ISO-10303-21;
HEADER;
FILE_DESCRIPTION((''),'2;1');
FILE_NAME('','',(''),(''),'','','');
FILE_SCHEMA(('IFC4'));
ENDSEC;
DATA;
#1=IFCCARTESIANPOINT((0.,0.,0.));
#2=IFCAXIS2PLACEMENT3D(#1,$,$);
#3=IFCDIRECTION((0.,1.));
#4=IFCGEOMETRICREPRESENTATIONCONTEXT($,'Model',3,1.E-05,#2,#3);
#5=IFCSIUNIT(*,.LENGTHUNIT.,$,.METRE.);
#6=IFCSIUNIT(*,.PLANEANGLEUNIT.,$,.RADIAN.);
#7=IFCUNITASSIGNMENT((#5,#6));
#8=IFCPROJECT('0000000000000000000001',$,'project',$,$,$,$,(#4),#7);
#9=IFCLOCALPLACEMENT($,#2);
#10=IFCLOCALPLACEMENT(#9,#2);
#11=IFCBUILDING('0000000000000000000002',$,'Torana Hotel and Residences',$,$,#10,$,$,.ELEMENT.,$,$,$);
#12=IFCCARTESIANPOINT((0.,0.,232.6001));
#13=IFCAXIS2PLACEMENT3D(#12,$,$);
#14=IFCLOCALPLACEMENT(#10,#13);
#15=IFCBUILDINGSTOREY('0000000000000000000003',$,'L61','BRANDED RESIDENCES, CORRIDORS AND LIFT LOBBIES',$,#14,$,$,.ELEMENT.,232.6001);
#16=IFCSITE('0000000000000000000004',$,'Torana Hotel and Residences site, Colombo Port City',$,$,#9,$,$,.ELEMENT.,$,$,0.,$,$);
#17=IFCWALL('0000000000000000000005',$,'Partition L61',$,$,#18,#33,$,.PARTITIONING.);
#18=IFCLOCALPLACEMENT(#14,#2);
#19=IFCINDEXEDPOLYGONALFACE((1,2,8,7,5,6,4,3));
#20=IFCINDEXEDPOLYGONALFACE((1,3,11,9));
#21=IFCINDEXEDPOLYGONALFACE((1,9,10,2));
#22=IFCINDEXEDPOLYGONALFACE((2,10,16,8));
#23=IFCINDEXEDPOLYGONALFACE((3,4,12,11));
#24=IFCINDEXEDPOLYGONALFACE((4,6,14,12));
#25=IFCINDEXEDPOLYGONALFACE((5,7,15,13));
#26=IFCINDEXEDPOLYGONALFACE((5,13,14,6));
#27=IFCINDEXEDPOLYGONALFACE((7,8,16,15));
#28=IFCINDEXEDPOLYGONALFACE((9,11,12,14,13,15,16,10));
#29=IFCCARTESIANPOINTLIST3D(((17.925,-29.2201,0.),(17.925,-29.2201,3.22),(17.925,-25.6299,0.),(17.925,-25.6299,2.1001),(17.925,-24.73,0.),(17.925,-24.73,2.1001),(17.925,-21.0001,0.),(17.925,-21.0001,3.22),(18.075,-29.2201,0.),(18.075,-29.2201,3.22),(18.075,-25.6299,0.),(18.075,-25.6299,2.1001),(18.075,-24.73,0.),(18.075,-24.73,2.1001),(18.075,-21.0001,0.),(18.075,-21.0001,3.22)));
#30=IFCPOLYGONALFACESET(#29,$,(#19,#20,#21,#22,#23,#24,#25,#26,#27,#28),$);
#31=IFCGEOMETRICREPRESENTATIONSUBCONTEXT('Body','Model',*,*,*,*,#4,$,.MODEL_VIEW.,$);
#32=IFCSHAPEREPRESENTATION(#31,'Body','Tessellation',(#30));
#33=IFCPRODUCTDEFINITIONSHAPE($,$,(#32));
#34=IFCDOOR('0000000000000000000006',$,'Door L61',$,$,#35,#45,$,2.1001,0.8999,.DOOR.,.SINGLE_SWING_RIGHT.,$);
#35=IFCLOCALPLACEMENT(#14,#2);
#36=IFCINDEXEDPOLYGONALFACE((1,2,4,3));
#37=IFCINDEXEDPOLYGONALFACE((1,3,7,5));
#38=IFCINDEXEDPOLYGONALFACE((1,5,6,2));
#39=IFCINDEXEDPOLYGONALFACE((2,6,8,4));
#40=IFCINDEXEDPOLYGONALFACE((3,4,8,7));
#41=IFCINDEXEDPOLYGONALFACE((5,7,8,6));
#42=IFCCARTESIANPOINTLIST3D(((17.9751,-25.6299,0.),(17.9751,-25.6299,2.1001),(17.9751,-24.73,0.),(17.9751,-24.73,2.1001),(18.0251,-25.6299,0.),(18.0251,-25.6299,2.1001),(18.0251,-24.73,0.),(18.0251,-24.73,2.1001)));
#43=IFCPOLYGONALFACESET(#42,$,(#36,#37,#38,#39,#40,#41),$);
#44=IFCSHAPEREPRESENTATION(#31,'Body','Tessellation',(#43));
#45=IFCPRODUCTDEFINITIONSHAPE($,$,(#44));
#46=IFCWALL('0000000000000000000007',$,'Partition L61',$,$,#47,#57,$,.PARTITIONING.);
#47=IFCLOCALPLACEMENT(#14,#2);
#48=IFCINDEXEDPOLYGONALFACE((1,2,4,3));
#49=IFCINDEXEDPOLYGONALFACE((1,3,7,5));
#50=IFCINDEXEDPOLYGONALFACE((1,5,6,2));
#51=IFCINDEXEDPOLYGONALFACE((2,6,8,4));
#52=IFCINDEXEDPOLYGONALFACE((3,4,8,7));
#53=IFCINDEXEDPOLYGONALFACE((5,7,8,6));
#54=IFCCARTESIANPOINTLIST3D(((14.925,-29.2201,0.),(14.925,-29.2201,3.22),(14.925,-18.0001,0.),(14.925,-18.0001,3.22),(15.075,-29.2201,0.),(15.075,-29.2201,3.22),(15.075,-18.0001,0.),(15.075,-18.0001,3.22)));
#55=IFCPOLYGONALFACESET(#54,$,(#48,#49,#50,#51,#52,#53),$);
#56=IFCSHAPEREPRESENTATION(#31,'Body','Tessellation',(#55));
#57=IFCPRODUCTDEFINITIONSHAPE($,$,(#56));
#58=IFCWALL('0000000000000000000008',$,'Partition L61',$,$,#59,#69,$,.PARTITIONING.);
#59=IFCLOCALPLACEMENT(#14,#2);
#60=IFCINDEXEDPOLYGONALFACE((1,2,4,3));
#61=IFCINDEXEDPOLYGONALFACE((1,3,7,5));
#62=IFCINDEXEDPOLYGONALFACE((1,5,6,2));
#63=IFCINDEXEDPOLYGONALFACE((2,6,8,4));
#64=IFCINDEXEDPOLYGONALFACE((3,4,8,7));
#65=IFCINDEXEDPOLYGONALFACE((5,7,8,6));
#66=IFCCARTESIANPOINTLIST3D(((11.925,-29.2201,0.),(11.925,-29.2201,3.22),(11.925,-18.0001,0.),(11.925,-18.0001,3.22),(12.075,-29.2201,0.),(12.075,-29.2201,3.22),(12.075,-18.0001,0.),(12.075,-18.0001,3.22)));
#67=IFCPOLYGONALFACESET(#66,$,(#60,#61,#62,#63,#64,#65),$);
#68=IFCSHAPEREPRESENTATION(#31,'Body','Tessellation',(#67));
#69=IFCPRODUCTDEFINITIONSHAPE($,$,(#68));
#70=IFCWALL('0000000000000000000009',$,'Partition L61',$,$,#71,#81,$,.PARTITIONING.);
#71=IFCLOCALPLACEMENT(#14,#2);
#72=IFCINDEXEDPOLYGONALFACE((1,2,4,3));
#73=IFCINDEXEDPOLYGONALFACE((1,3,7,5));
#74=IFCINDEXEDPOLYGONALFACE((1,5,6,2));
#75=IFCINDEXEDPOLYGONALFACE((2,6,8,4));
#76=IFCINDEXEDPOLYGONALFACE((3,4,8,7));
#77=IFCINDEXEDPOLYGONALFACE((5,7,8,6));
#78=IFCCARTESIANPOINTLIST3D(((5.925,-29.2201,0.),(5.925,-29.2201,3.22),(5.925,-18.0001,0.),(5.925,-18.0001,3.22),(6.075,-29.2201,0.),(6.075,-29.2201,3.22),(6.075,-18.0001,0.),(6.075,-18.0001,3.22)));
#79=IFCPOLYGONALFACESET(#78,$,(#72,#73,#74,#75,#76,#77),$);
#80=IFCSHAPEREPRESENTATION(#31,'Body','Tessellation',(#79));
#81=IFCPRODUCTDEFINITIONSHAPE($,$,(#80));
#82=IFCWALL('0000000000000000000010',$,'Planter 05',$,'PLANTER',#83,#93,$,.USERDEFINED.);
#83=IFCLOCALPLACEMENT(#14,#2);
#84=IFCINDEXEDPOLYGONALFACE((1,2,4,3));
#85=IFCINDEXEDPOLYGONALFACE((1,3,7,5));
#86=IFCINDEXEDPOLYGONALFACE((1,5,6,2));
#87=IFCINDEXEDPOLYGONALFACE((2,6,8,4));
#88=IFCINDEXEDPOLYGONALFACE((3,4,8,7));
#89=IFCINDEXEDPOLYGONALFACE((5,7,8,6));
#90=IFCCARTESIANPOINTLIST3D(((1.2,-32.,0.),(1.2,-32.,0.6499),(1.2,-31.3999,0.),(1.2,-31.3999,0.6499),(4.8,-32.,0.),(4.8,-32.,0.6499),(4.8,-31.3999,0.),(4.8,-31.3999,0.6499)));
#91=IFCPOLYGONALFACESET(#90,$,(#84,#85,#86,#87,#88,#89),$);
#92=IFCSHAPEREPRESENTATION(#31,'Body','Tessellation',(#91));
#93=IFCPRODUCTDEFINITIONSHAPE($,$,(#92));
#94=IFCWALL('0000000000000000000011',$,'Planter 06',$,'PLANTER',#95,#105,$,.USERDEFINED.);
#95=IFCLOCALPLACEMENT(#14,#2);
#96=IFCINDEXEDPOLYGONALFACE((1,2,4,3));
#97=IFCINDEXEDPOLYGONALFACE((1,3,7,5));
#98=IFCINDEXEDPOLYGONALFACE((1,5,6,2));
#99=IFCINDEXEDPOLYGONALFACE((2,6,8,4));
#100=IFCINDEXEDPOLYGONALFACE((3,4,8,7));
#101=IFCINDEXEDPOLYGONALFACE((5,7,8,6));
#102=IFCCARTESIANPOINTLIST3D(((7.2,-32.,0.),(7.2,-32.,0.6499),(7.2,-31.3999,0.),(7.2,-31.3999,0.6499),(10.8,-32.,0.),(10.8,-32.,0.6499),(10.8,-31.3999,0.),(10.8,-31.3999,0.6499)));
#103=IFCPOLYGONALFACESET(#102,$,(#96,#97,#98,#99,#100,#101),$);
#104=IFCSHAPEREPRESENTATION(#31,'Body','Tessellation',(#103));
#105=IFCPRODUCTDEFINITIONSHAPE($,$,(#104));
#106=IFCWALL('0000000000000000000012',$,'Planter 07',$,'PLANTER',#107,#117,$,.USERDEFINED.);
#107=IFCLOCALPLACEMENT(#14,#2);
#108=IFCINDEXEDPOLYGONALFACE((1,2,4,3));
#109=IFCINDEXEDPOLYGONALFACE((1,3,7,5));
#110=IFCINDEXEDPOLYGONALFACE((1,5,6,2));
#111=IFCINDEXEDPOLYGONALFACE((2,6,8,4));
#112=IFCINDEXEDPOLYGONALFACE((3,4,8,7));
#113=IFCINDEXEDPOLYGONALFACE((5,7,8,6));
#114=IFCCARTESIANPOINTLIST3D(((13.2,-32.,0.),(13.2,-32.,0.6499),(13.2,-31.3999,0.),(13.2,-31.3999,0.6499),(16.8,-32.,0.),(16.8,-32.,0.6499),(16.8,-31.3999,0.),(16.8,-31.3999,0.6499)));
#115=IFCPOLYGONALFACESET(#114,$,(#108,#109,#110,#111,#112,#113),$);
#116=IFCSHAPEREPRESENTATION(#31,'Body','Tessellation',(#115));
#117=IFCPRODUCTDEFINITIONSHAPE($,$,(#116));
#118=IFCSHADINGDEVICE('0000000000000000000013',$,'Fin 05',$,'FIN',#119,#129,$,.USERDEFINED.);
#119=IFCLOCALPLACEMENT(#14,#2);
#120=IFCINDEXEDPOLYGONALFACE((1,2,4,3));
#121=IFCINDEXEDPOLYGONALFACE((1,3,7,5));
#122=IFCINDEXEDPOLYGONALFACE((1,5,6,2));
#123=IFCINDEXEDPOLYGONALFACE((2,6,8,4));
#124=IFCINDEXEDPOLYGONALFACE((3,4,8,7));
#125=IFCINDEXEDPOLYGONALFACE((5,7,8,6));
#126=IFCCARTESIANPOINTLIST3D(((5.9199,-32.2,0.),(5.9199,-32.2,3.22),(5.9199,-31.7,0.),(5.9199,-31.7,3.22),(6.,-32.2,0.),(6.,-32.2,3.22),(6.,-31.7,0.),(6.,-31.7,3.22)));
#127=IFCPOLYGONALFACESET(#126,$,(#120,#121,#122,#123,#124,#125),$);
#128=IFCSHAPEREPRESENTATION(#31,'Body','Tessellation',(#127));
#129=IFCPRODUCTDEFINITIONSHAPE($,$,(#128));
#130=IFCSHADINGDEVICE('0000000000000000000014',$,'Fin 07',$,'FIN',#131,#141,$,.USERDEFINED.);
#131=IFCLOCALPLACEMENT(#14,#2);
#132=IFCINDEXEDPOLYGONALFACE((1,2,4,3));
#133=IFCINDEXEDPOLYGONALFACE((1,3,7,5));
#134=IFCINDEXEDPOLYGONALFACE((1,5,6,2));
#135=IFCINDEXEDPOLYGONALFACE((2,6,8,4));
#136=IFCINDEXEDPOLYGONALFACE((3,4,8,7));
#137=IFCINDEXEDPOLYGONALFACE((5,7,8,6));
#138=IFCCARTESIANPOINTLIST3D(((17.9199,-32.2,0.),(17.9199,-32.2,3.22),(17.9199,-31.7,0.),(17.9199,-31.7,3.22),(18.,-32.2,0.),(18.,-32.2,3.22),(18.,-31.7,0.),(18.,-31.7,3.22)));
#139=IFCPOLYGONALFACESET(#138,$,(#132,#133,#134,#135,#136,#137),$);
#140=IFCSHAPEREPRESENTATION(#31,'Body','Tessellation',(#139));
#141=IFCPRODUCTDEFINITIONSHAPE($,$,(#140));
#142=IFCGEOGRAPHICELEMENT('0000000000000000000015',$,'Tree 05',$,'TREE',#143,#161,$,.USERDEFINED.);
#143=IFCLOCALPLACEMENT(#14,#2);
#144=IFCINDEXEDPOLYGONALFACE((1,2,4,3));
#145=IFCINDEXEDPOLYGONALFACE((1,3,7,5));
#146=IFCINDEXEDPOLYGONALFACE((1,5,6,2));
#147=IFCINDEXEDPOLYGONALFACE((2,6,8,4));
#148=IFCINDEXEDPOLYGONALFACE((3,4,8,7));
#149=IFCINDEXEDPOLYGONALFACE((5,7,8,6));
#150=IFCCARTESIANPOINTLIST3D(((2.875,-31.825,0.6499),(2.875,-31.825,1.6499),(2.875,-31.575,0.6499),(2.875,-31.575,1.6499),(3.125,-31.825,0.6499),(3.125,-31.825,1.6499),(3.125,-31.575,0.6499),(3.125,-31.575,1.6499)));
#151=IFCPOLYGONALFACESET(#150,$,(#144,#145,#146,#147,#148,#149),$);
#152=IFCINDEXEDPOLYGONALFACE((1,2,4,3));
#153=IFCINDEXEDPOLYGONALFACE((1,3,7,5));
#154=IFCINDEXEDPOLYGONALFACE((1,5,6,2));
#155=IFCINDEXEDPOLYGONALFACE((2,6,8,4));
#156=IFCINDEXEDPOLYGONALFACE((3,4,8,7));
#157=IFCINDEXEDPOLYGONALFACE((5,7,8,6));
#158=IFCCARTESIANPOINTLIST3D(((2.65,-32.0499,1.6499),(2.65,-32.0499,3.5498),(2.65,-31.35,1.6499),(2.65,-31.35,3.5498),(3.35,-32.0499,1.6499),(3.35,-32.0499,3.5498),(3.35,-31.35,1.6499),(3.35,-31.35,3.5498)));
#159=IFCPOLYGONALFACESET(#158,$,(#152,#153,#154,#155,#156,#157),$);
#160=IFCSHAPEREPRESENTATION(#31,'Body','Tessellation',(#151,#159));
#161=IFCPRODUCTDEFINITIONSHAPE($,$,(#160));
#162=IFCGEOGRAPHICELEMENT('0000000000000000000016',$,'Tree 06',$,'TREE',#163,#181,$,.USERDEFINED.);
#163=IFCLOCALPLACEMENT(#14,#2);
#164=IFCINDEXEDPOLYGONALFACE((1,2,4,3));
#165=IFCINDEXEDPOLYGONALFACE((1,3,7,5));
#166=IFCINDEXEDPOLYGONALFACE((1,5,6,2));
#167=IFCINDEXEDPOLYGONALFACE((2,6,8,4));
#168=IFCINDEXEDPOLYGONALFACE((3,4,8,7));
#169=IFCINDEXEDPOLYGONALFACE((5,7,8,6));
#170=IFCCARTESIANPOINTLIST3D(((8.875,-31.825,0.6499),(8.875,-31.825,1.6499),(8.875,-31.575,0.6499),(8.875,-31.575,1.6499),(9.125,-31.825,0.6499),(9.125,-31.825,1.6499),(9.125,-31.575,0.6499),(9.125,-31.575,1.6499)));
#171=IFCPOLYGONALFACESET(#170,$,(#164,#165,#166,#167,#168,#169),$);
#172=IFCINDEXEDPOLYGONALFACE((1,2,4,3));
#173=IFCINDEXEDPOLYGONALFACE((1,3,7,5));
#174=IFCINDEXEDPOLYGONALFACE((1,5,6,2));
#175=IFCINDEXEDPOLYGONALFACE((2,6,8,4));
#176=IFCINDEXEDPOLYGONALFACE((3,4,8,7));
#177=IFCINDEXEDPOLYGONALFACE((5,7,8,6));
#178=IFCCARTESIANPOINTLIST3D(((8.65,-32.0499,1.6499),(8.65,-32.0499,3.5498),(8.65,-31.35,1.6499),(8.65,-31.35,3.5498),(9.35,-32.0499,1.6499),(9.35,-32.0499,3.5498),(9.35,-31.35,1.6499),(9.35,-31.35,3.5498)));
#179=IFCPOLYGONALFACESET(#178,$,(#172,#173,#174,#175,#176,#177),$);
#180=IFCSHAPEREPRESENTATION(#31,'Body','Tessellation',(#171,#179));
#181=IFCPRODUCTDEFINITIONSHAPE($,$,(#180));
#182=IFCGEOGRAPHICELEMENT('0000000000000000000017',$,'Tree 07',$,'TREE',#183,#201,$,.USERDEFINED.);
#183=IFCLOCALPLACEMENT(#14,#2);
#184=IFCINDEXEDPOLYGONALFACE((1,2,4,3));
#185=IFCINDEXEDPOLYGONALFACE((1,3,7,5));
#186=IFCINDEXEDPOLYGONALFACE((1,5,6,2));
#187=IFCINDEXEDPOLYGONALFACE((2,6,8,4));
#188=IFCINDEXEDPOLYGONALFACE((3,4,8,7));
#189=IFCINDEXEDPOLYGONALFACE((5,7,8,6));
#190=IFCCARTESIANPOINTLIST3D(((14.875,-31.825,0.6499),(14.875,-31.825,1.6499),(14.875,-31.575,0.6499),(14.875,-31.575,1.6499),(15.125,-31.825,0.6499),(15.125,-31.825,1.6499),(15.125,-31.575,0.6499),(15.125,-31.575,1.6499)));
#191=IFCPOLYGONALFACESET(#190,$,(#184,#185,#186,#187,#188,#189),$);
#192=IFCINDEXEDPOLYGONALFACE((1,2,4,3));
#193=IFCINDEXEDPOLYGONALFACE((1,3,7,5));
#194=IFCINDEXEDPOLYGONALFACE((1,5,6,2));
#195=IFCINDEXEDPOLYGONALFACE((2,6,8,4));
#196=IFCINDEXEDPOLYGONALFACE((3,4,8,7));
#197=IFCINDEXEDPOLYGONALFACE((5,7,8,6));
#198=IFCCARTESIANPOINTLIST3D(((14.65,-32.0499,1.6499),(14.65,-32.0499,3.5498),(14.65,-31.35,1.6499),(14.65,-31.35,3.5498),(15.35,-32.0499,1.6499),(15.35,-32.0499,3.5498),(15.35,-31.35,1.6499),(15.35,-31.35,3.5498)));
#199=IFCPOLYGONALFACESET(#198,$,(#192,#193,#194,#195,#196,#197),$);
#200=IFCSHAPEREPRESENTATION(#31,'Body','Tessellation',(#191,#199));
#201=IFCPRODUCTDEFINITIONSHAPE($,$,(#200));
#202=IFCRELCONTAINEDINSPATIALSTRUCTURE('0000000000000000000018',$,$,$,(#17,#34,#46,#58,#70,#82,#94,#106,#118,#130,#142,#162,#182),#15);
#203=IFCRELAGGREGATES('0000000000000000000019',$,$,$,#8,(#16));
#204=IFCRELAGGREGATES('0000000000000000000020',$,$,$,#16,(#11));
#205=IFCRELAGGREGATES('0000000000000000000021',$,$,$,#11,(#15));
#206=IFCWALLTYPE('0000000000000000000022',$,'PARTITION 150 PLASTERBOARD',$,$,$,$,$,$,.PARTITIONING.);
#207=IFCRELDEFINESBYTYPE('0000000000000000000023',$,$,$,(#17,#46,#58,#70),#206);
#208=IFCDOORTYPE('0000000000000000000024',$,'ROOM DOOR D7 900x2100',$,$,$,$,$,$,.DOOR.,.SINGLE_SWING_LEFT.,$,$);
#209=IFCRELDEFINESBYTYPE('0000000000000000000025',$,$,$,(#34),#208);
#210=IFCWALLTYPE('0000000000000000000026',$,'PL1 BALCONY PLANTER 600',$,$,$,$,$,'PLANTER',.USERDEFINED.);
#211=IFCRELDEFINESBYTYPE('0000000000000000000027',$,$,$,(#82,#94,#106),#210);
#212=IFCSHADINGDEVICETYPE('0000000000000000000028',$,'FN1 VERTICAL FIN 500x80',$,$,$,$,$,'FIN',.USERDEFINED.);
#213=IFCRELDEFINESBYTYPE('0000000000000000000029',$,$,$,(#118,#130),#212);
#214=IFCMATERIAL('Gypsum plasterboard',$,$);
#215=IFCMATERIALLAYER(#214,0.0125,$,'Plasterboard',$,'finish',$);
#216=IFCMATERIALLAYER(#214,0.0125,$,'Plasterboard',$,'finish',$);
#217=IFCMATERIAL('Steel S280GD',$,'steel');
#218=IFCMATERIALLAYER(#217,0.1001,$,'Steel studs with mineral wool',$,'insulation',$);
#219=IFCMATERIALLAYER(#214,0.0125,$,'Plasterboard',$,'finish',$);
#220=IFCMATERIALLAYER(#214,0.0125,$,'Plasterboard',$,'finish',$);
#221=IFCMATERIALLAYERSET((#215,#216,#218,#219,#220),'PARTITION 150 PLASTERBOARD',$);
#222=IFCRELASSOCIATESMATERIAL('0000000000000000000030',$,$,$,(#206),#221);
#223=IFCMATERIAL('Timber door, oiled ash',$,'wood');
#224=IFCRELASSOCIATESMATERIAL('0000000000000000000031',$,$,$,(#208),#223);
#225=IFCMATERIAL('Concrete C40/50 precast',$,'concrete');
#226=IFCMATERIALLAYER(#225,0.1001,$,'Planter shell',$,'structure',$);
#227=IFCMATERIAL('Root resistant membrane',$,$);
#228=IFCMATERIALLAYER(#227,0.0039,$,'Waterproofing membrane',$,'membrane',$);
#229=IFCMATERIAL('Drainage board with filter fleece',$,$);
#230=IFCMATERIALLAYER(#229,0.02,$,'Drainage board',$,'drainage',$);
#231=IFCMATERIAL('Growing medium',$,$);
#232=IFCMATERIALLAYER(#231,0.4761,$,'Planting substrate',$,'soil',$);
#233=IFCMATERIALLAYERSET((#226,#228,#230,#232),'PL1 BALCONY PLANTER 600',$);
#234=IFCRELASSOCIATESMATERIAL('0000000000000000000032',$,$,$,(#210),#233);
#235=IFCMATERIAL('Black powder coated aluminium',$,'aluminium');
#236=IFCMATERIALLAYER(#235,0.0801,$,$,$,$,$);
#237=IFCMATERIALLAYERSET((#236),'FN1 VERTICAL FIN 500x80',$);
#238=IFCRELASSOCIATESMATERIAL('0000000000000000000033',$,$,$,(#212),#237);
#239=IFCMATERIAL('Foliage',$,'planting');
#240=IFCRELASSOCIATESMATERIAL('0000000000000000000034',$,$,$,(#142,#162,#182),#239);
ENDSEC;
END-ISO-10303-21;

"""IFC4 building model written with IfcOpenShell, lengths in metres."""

from ifc_helpers import new_model, si_unit, direction, frame, frame_2d, origin, origin_2d, place, context, subcontext, project, spatial, rectangle, extrude, material, layer, layer_set, type_object, element, fill, save


model = new_model("IFC4")

# Units and contexts
model_context = context("Model", 3, precision=1e-05, world=origin(), true_north=direction((0.0, 1.0)))
body_context = subcontext(model_context, "Body", "Model", "MODEL_VIEW")
ifc_project = project(units=[si_unit("LENGTHUNIT", "METRE"), si_unit("PLANEANGLEUNIT", "RADIAN")], contexts=[model_context])

# Site, building, storey
site_placement = place(None, origin())
site = spatial("IfcSite", under=ifc_project, at=site_placement, Name="Torana Hotel and Residences site, Colombo Port City", CompositionType="ELEMENT", RefElevation=0.0)
building_placement = place(site_placement, origin())
building = spatial("IfcBuilding", under=site, at=building_placement, Name="Torana Hotel and Residences", CompositionType="ELEMENT")
storey_placement = place(building_placement, frame((0.0, 0.0, 232.6001)))
storey = spatial("IfcBuildingStorey", under=building, at=storey_placement, Name="L61", Description="BRANDED RESIDENCES, CORRIDORS AND LIFT LOBBIES", CompositionType="ELEMENT", Elevation=232.6001)

# Wall, opening, door
ifc_material_1 = material(Name="Gypsum plasterboard")
ifc_layer_1 = layer(ifc_material_1, 0.0125, Name="Plasterboard", Category="finish")
ifc_layer_2 = layer(ifc_material_1, 0.0125, Name="Plasterboard", Category="finish")
ifc_material_2 = material(Name="Steel S280GD", Category="steel")
ifc_layer_3 = layer(ifc_material_2, 0.1001, Name="Steel studs with mineral wool", Category="insulation")
ifc_layer_4 = layer(ifc_material_1, 0.0125, Name="Plasterboard", Category="finish")
ifc_layer_5 = layer(ifc_material_1, 0.0125, Name="Plasterboard", Category="finish")
ifc_layer_set_1 = layer_set([ifc_layer_1, ifc_layer_2, ifc_layer_3, ifc_layer_4, ifc_layer_5], Name="PARTITION 150 PLASTERBOARD")
wall_type_1 = type_object("IfcWallType", Name="PARTITION 150 PLASTERBOARD", PredefinedType="PARTITIONING", material=ifc_layer_set_1)
wall_placement = place(storey_placement, frame((18.0, -29.22, 0.0), z_axis=(0.0, 0.0, 1.0), x_axis=(0.0, 1.0, 0.0)))
wall = element("IfcWall", 1, at=wall_placement, inside=storey, type_object=wall_type_1, Name="Partition L61", PredefinedType="PARTITIONING", context=body_context, shape_type="SweptSolid", body=[
    extrude(rectangle(XDim=8.22, YDim=0.1499, at=frame_2d((4.1099, 0.0))), origin(), (0.0, 0.0, 1.0), 3.22),
])
opening_placement = place(wall_placement, frame((3.5901, 0.0, 0.0)))
opening = element("IfcOpeningElement", 2, at=opening_placement, cuts=wall, PredefinedType="OPENING", context=body_context, shape_type="SweptSolid", body=[
    extrude(rectangle(XDim=0.8999, YDim=2.1001, at=frame_2d((0.45, 1.05))), frame((0.0, 0.085, 0.0), z_axis=(0.0, -1.0, 0.0), x_axis=(1.0, 0.0, 0.0)), (0.0, 0.0, 1.0), 0.1699),
])
ifc_material_3 = material(Name="Timber door, oiled ash", Category="wood")
door_type = type_object("IfcDoorType", Name="ROOM DOOR D7 900x2100", OperationType="SINGLE_SWING_LEFT", PredefinedType="DOOR", material=ifc_material_3)
door_placement = place(opening_placement, origin())
door = element("IfcDoor", 3, at=door_placement, inside=storey, type_object=door_type, Name="Door L61", OperationType="SINGLE_SWING_RIGHT", OverallHeight=2.1001, OverallWidth=0.8999, PredefinedType="DOOR", context=body_context, shape_type="SweptSolid", body=[
    extrude(rectangle(XDim=0.8999, YDim=2.1001, at=frame_2d((0.45, 1.05))), frame((0.0, 0.0249, 0.0), z_axis=(0.0, -1.0, 0.0), x_axis=(1.0, 0.0, 0.0)), (0.0, 0.0, 1.0), 0.05),
])
fill(opening, door)

# Walls
for number, where, z_axis, x_axis, name in (
    (4, (15.0, -29.22, 0.0), (0.0, 0.0, 1.0), (0.0, 1.0, 0.0), "Partition L61"),
    (5, (12.0, -29.22, 0.0), (0.0, 0.0, 1.0), (0.0, 1.0, 0.0), "Partition L61"),
    (6, (6.0, -29.22, 0.0), (0.0, 0.0, 1.0), (0.0, 1.0, 0.0), "Partition L61"),
):
    element("IfcWall", number, at=place(storey_placement, frame(where, z_axis=z_axis, x_axis=x_axis)), inside=storey, type_object=wall_type_1, Name=name, PredefinedType="PARTITIONING", context=body_context, shape_type="SweptSolid", body=[
        extrude(rectangle(XDim=11.22, YDim=0.1499, at=frame_2d((5.6099, 0.0))), origin(), (0.0, 0.0, 1.0), 3.22),
    ])
ifc_material_4 = material(Name="Concrete C40/50 precast", Category="concrete")
ifc_layer_6 = layer(ifc_material_4, 0.1001, Name="Planter shell", Category="structure")
ifc_material_5 = material(Name="Root resistant membrane")
ifc_layer_7 = layer(ifc_material_5, 0.0039, Name="Waterproofing membrane", Category="membrane")
ifc_material_6 = material(Name="Drainage board with filter fleece")
ifc_layer_8 = layer(ifc_material_6, 0.02, Name="Drainage board", Category="drainage")
ifc_material_7 = material(Name="Growing medium")
ifc_layer_9 = layer(ifc_material_7, 0.4761, Name="Planting substrate", Category="soil")
ifc_layer_set_2 = layer_set([ifc_layer_6, ifc_layer_7, ifc_layer_8, ifc_layer_9], Name="PL1 BALCONY PLANTER 600")
wall_type_2 = type_object("IfcWallType", Name="PL1 BALCONY PLANTER 600", ElementType="PLANTER", PredefinedType="USERDEFINED", material=ifc_layer_set_2)
for number, where, z_axis, x_axis, name in (
    (7, (4.8, -31.7, 0.0), (0.0, 0.0, 1.0), (-1.0, 0.0, 0.0), "Planter 05"),
    (8, (10.8, -31.7, 0.0), (0.0, 0.0, 1.0), (-1.0, 0.0, 0.0), "Planter 06"),
    (9, (16.8, -31.7, 0.0), (0.0, 0.0, 1.0), (-1.0, 0.0, 0.0), "Planter 07"),
):
    element("IfcWall", number, at=place(storey_placement, frame(where, z_axis=z_axis, x_axis=x_axis)), inside=storey, type_object=wall_type_2, Name=name, ObjectType="PLANTER", PredefinedType="USERDEFINED", context=body_context, shape_type="SweptSolid", body=[
        extrude(rectangle(XDim=3.6001, YDim=0.6001, at=frame_2d((1.8, 0.0))), origin(), (0.0, 0.0, 1.0), 0.6499),
    ])

# Shading devices
ifc_material_8 = material(Name="Black powder coated aluminium", Category="aluminium")
ifc_layer_10 = layer(ifc_material_8, 0.0801)
ifc_layer_set_3 = layer_set([ifc_layer_10], Name="FN1 VERTICAL FIN 500x80")
shading_device_type = type_object("IfcShadingDeviceType", Name="FN1 VERTICAL FIN 500x80", ElementType="FIN", PredefinedType="USERDEFINED", material=ifc_layer_set_3)
for number, where, z_axis, x_axis, name in (
    (10, (5.96, -31.95, 0.0), (0.0, 0.0, 1.0), (-1.0, 0.0, 0.0), "Fin 05"),
    (11, (17.96, -31.95, 0.0), (0.0, 0.0, 1.0), (-1.0, 0.0, 0.0), "Fin 07"),
):
    element("IfcShadingDevice", number, at=place(storey_placement, frame(where, z_axis=z_axis, x_axis=x_axis)), inside=storey, type_object=shading_device_type, Name=name, ObjectType="FIN", PredefinedType="USERDEFINED", context=body_context, shape_type="SweptSolid", body=[
        extrude(rectangle(XDim=0.0801, YDim=0.5, at=origin_2d()), origin(), (0.0, 0.0, 1.0), 3.22),
    ])

# Geographic elements
ifc_material_9 = material(Name="Foliage", Category="planting")
for number, where, z_axis, x_axis, name in (
    (12, (3.0, -31.7, 0.6499), (0.0, 0.0, 1.0), (1.0, 0.0, 0.0), "Tree 05"),
    (13, (9.0, -31.7, 0.6499), (0.0, 0.0, 1.0), (1.0, 0.0, 0.0), "Tree 06"),
    (14, (15.0, -31.7, 0.6499), (0.0, 0.0, 1.0), (1.0, 0.0, 0.0), "Tree 07"),
):
    element("IfcGeographicElement", number, at=place(storey_placement, frame(where, z_axis=z_axis, x_axis=x_axis)), inside=storey, material=ifc_material_9, Name=name, ObjectType="TREE", PredefinedType="USERDEFINED", context=body_context, shape_type="SweptSolid", body=[
        extrude(rectangle(XDim=0.25, YDim=0.25, at=origin_2d()), origin(), (0.0, 0.0, 1.0), 1.0),
        extrude(rectangle(XDim=0.7, YDim=0.7, at=origin_2d()), frame((0.0, 0.0, 1.0)), (0.0, 0.0, 1.0), 1.8999),
    ])

save(model, "model.ifc")
